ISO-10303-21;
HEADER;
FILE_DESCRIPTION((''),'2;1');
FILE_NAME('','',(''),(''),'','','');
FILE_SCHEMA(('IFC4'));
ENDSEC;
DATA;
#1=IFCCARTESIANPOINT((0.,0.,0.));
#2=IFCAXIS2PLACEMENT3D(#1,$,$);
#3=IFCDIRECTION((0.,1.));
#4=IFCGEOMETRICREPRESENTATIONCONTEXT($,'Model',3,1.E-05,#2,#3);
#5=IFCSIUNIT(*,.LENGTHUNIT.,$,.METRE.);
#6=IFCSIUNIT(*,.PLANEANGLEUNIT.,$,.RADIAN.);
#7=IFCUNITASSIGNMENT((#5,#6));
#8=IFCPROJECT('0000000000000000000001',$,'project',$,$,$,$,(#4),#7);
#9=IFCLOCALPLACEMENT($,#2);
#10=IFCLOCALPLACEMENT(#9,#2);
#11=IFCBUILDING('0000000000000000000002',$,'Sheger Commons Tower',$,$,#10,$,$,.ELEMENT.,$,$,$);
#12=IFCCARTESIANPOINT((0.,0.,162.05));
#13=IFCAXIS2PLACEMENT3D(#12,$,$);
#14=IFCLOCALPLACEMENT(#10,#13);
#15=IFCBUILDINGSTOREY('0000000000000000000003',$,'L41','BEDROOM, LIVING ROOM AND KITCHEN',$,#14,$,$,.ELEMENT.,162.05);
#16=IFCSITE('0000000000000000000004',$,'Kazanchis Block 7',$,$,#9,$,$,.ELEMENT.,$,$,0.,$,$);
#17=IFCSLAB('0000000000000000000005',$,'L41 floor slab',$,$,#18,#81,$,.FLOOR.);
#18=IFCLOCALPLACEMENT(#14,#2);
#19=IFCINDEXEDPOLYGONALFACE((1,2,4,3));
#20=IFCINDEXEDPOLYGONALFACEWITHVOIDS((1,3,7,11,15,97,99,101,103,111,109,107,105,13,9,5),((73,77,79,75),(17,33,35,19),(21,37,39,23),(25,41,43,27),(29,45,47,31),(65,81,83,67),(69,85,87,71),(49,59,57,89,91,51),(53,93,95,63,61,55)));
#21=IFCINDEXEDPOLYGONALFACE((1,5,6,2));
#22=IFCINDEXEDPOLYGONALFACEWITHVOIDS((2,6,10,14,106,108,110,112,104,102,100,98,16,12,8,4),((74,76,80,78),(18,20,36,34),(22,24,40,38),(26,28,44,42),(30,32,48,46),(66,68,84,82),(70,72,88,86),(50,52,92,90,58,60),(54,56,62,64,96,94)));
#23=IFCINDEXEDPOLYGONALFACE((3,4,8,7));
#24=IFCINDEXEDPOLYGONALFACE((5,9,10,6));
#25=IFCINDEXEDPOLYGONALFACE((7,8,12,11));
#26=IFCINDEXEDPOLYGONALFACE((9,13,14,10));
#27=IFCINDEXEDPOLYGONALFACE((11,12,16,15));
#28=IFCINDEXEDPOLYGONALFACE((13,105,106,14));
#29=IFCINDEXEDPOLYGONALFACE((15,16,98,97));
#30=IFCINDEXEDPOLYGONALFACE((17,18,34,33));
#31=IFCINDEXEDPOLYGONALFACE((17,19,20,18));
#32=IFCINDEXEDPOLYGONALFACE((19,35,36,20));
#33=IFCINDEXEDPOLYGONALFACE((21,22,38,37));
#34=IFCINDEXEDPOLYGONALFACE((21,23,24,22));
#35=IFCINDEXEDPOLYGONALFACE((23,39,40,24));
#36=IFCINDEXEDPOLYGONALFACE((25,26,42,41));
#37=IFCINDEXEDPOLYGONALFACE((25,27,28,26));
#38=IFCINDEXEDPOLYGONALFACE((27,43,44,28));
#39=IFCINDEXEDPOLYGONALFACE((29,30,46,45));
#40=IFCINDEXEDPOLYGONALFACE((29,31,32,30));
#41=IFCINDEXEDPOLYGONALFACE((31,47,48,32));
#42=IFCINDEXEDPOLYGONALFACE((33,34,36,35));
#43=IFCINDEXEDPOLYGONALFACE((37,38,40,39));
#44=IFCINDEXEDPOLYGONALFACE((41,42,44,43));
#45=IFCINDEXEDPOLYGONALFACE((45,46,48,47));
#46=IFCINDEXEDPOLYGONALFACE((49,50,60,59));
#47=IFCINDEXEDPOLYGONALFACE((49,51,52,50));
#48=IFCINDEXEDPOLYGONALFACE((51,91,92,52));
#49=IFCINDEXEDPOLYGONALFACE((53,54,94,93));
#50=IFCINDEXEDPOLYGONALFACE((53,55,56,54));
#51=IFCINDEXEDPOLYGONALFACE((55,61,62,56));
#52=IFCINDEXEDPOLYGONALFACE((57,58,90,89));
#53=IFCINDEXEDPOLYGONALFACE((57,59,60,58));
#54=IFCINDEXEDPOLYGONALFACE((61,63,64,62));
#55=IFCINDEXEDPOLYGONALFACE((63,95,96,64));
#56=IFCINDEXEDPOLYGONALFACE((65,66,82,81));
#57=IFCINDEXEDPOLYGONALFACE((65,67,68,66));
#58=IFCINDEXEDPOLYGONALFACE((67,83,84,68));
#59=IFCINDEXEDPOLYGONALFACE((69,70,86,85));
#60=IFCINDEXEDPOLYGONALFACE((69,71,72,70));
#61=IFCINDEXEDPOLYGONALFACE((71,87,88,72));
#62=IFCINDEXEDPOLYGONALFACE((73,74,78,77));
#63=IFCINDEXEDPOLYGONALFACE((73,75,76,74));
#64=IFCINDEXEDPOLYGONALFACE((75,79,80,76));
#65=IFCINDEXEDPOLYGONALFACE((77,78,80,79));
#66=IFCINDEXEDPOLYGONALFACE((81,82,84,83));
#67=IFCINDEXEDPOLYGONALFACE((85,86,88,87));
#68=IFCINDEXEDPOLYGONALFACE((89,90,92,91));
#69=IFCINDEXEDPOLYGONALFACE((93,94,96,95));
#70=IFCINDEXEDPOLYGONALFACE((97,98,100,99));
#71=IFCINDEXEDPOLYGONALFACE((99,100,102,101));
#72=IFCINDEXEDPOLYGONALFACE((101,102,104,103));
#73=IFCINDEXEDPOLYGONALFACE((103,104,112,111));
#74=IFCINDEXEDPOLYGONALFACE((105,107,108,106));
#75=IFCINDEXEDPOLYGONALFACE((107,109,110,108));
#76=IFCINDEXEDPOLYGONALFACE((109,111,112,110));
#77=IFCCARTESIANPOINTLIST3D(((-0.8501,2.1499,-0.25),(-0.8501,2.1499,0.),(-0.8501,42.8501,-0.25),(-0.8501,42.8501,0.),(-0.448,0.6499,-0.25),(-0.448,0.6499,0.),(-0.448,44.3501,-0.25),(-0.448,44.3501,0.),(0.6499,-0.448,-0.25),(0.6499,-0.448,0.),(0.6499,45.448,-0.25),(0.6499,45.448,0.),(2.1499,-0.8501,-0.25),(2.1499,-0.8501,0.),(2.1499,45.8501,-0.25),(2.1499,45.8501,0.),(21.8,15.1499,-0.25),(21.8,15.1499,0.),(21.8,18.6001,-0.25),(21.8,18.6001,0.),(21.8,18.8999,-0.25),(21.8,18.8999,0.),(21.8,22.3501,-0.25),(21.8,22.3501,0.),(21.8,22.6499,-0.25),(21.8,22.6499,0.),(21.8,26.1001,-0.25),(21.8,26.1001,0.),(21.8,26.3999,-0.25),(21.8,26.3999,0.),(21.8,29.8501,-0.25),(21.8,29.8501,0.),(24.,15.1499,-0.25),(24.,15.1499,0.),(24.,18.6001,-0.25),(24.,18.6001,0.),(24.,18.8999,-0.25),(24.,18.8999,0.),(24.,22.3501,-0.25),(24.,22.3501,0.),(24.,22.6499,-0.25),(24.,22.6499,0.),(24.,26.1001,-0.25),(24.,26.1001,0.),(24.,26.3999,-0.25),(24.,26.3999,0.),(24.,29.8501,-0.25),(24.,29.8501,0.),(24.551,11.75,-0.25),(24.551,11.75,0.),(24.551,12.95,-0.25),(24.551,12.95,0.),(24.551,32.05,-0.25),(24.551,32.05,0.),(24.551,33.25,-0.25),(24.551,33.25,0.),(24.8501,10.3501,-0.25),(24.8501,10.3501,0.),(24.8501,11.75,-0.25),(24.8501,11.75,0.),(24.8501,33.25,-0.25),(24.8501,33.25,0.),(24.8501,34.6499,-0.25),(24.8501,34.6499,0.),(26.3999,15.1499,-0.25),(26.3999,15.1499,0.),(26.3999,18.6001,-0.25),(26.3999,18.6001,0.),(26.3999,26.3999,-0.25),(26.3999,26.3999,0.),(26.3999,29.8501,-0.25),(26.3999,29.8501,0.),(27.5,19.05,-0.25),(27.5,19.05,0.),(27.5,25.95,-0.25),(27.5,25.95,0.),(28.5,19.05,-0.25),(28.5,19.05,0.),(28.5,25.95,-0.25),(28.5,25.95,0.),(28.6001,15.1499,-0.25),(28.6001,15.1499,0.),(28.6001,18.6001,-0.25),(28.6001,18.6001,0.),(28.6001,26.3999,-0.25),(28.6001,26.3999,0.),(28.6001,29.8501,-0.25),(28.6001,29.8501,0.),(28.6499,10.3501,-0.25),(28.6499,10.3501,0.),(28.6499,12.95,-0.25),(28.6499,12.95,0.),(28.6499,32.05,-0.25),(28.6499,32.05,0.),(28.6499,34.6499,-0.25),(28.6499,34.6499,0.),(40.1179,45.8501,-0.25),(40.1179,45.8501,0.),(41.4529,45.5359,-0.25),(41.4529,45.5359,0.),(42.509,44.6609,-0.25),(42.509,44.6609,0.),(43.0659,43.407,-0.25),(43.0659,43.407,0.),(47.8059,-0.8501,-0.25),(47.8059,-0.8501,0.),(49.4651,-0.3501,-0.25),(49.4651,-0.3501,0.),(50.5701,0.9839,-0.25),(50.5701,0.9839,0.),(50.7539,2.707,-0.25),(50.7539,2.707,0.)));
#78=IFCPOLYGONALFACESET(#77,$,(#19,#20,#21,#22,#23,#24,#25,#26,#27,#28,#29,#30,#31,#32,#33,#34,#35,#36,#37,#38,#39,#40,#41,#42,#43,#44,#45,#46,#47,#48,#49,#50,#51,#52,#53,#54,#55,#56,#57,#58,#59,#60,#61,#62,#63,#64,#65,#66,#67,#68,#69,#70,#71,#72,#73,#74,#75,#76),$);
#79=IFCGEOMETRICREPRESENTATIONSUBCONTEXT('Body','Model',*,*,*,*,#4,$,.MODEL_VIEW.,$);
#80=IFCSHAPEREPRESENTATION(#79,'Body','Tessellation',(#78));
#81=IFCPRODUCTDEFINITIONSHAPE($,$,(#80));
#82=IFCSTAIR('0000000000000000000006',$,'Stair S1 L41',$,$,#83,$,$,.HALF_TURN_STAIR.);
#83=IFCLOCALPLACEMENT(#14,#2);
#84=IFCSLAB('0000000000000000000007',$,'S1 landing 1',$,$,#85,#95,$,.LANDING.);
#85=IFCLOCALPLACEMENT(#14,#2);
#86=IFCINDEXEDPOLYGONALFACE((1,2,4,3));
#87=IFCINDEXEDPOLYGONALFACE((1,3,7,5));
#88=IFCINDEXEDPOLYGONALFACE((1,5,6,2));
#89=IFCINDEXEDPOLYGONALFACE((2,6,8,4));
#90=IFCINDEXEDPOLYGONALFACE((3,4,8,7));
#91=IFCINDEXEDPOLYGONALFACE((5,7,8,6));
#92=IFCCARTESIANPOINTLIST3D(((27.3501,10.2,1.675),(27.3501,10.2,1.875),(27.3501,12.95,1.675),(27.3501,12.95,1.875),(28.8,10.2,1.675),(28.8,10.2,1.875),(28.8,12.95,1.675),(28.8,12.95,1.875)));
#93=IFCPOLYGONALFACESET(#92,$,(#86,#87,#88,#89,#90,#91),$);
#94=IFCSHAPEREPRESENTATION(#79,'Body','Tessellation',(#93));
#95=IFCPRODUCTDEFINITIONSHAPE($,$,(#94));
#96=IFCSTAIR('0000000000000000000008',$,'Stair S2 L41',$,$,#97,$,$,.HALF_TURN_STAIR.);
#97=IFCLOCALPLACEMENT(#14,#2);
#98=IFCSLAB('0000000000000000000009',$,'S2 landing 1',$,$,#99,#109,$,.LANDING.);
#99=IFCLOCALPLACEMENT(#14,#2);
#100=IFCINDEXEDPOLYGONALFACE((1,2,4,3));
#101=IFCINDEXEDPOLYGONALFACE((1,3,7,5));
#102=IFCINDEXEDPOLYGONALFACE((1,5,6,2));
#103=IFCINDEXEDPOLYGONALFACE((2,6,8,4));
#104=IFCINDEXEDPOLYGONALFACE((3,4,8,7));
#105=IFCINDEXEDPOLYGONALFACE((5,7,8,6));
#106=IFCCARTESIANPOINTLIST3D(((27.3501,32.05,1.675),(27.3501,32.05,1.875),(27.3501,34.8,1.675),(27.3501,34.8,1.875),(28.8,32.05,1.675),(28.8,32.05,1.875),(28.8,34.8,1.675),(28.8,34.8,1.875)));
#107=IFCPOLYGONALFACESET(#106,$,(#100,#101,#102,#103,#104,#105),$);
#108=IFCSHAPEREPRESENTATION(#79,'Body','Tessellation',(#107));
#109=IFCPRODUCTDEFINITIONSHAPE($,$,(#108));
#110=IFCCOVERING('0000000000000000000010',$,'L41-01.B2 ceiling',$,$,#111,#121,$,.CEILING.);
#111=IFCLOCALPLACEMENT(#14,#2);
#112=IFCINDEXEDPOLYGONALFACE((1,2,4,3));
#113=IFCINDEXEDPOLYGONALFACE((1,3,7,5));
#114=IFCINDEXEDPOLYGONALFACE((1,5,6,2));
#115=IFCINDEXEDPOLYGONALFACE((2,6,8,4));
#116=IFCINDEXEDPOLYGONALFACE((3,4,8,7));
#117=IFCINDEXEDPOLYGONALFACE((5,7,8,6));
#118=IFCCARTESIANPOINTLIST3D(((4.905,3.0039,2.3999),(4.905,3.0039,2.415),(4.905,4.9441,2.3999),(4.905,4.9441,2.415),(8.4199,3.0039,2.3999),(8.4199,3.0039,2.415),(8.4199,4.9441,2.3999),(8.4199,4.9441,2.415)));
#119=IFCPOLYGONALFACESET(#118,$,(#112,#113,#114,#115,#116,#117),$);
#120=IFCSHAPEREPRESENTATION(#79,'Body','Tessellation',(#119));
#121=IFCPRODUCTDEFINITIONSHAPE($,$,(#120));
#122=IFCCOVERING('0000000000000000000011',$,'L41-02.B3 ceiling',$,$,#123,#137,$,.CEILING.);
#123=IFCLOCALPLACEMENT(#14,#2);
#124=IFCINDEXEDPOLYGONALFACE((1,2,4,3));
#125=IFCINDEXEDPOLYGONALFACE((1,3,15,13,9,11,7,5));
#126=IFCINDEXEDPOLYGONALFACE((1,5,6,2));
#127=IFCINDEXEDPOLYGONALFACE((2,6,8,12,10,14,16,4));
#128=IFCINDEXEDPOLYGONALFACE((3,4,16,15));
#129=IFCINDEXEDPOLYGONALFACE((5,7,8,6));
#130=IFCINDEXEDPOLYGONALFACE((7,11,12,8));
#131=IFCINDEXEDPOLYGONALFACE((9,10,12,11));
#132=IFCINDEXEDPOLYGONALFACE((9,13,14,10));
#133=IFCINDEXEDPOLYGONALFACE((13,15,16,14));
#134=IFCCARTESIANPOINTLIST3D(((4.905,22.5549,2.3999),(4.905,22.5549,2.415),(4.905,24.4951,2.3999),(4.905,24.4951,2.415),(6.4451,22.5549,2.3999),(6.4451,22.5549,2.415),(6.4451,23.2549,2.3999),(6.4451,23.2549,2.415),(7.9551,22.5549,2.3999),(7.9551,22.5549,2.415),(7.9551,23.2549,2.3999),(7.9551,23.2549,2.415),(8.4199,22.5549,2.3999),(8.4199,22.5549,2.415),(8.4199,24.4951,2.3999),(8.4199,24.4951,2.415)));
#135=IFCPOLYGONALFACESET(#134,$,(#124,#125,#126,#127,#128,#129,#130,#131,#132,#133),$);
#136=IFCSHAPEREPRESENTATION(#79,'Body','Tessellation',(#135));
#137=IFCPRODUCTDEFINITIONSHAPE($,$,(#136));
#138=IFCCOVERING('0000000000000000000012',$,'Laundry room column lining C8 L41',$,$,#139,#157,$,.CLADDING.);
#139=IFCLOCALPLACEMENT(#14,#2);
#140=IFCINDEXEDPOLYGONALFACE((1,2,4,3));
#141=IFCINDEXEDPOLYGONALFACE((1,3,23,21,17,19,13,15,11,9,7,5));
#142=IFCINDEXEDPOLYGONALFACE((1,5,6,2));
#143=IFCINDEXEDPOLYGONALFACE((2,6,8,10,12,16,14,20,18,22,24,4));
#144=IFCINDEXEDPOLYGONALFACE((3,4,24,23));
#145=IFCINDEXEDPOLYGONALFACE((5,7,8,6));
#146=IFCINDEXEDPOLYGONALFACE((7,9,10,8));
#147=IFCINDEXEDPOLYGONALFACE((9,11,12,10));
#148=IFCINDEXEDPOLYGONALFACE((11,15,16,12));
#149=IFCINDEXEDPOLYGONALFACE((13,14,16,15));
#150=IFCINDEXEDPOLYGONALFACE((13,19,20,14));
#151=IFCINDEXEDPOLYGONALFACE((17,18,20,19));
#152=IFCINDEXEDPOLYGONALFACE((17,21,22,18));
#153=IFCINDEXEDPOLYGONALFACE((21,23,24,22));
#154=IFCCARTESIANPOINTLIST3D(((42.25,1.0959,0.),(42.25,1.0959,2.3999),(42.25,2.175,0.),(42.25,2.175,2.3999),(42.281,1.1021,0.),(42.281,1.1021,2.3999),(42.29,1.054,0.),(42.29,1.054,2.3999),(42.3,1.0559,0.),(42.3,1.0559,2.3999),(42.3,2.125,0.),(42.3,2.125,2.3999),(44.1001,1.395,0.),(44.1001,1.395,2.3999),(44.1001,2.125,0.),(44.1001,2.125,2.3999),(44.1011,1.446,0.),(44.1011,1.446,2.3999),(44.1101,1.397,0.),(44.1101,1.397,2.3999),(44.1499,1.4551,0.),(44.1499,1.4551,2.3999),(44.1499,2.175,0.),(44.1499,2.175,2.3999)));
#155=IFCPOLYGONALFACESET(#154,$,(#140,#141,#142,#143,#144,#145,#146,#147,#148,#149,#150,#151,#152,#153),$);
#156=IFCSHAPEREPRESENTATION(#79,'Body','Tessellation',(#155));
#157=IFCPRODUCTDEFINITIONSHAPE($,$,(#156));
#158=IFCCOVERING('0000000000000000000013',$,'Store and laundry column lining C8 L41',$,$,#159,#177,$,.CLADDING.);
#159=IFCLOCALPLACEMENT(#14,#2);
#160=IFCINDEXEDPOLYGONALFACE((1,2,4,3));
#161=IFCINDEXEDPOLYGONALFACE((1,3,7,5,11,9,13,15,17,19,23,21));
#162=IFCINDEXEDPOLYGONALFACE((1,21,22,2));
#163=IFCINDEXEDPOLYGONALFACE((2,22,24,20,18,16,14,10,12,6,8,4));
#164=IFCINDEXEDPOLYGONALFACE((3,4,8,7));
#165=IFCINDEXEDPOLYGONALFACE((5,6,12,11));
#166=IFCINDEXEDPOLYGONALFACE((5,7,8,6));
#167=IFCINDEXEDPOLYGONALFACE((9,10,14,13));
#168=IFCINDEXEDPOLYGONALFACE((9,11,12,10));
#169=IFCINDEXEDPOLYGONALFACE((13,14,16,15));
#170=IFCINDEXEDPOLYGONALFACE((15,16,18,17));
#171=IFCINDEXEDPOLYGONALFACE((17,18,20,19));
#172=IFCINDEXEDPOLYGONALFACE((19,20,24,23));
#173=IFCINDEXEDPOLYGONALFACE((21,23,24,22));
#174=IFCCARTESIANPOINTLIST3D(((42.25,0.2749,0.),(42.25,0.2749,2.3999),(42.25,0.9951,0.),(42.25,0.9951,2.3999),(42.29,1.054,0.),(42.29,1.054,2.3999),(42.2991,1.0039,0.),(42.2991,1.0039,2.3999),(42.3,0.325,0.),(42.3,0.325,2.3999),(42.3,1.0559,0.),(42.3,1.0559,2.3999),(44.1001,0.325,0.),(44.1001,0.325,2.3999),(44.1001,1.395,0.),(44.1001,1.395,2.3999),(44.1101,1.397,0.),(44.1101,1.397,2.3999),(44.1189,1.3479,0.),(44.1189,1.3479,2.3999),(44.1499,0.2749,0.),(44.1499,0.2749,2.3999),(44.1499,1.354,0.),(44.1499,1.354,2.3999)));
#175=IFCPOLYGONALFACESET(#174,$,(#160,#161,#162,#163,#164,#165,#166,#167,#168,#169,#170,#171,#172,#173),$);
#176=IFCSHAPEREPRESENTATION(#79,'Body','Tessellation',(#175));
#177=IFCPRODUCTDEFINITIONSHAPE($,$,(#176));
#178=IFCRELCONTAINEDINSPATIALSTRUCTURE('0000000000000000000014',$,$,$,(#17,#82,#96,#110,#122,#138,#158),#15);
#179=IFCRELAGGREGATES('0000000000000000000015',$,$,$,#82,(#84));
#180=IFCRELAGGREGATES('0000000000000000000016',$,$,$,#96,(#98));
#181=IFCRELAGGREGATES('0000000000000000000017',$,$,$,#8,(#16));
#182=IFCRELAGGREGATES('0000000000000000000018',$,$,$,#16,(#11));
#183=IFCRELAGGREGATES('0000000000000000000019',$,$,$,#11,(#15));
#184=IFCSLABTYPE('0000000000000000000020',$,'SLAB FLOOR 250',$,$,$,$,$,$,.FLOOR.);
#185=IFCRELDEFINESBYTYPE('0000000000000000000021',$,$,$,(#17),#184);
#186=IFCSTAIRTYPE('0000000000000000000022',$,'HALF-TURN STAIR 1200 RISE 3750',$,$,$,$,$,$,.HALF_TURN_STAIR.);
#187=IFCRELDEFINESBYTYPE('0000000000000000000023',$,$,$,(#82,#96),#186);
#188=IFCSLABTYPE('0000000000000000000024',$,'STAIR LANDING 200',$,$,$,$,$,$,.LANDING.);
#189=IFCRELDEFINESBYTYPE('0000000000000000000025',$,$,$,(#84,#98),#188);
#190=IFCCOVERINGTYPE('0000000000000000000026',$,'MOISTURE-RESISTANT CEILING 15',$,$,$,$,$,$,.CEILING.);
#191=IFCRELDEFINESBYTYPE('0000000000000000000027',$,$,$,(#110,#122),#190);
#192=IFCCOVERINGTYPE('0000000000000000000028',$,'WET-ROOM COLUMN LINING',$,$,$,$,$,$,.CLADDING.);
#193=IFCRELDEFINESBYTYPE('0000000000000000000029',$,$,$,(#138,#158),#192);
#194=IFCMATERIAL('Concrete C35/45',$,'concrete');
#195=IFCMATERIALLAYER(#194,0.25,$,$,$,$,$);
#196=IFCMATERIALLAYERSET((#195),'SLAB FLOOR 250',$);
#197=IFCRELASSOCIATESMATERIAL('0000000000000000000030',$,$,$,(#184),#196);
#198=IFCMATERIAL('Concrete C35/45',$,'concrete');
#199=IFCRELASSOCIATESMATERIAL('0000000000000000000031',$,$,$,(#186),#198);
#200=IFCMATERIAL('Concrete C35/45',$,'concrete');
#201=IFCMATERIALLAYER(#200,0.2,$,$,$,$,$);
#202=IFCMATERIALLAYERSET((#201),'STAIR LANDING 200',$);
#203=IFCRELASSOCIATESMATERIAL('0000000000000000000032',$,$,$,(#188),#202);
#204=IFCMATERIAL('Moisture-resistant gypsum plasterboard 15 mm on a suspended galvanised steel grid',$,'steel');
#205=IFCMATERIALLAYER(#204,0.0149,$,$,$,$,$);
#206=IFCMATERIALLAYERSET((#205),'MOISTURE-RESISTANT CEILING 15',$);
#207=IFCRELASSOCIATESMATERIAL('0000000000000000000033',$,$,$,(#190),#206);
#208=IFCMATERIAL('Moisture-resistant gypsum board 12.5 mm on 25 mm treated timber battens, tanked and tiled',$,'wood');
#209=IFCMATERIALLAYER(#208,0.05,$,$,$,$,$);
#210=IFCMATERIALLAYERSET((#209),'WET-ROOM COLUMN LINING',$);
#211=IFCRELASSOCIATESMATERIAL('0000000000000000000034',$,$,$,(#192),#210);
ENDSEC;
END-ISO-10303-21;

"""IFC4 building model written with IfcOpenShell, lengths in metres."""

from ifc_helpers import new_model, si_unit, direction, frame, origin, place, context, subcontext, project, spatial, polyline, outline, extrude, material, layer, layer_set, type_object, element, aggregate, save


model = new_model("IFC4")

# Units and contexts
model_context = context("Model", 3, precision=1e-05, world=origin(), true_north=direction((0.0, 1.0)))
body_context = subcontext(model_context, "Body", "Model", "MODEL_VIEW")
ifc_project = project(units=[si_unit("LENGTHUNIT", "METRE"), si_unit("PLANEANGLEUNIT", "RADIAN")], contexts=[model_context])

# Site, building, storey
site_placement = place(None, origin())
site = spatial("IfcSite", under=ifc_project, at=site_placement, Name="Kazanchis Block 7", CompositionType="ELEMENT", RefElevation=0.0)
building_placement = place(site_placement, origin())
building = spatial("IfcBuilding", under=site, at=building_placement, Name="Sheger Commons Tower", CompositionType="ELEMENT")
storey_placement = place(building_placement, frame((0.0, 0.0, 162.05)))
storey = spatial("IfcBuildingStorey", under=building, at=storey_placement, Name="L41", Description="BEDROOM, LIVING ROOM AND KITCHEN", CompositionType="ELEMENT", Elevation=162.05)

# Slab
ifc_material_1 = material(Name="Concrete C35/45", Category="concrete")
ifc_layer_1 = layer(ifc_material_1, 0.25)
ifc_layer_set_1 = layer_set([ifc_layer_1], Name="SLAB FLOOR 250")
slab_type_1 = type_object("IfcSlabType", Name="SLAB FLOOR 250", PredefinedType="FLOOR", material=ifc_layer_set_1)
slab_1_placement = place(storey_placement, frame((0.0, 0.0, -0.25)))
element("IfcSlab", 1, at=slab_1_placement, inside=storey, type_object=slab_type_1, Name="L41 floor slab", PredefinedType="FLOOR", context=body_context, shape_type="SweptSolid", body=[
    extrude(outline(polyline([(-0.8501, 2.1499), (-0.448, 0.6499), (0.6499, -0.448), (2.1499, -0.8501), (47.8059, -0.8501), (49.4651, -0.3501), (50.5701, 0.9839), (50.7539, 2.707), (43.0659, 43.407), (42.509, 44.6609), (41.4529, 45.5359), (40.1179, 45.8501), (2.1499, 45.8501), (0.6499, 45.448), (-0.448, 44.3501), (-0.8501, 42.8501), (-0.8501, 2.1499)]), holes=[polyline([(24.8501, 10.3501), (28.6499, 10.3501), (28.6499, 12.95), (24.551, 12.95), (24.551, 11.75), (24.8501, 11.75), (24.8501, 10.3501)]), polyline([(24.551, 32.05), (28.6499, 32.05), (28.6499, 34.6499), (24.8501, 34.6499), (24.8501, 33.25), (24.551, 33.25), (24.551, 32.05)]), polyline([(26.3999, 15.1499), (28.6001, 15.1499), (28.6001, 18.6001), (26.3999, 18.6001), (26.3999, 15.1499)]), polyline([(26.3999, 26.3999), (28.6001, 26.3999), (28.6001, 29.8501), (26.3999, 29.8501), (26.3999, 26.3999)]), polyline([(21.8, 15.1499), (24.0, 15.1499), (24.0, 18.6001), (21.8, 18.6001), (21.8, 15.1499)]), polyline([(21.8, 18.8999), (24.0, 18.8999), (24.0, 22.3501), (21.8, 22.3501), (21.8, 18.8999)]), polyline([(21.8, 22.6499), (24.0, 22.6499), (24.0, 26.1001), (21.8, 26.1001), (21.8, 22.6499)]), polyline([(21.8, 26.3999), (24.0, 26.3999), (24.0, 29.8501), (21.8, 29.8501), (21.8, 26.3999)]), polyline([(27.5, 19.05), (28.5, 19.05), (28.5, 25.95), (27.5, 25.95), (27.5, 19.05)])]), origin(), (0.0, 0.0, 1.0), 0.25),
])

# Stairs, slabs
ifc_material_2 = material(Name="Concrete C35/45", Category="concrete")
stair_type = type_object("IfcStairType", Name="HALF-TURN STAIR 1200 RISE 3750", PredefinedType="HALF_TURN_STAIR", material=ifc_material_2)
stair_1_placement = place(storey_placement, origin())
stair_1 = element("IfcStair", 2, at=stair_1_placement, inside=storey, type_object=stair_type, Name="Stair S1 L41", PredefinedType="HALF_TURN_STAIR")
ifc_material_3 = material(Name="Concrete C35/45", Category="concrete")
ifc_layer_2 = layer(ifc_material_3, 0.2)
ifc_layer_set_2 = layer_set([ifc_layer_2], Name="STAIR LANDING 200")
slab_type_2 = type_object("IfcSlabType", Name="STAIR LANDING 200", PredefinedType="LANDING", material=ifc_layer_set_2)
slab_2_placement = place(storey_placement, frame((0.0, 0.0, 1.675)))
slab_2 = element("IfcSlab", 3, at=slab_2_placement, type_object=slab_type_2, Name="S1 landing 1", PredefinedType="LANDING", context=body_context, shape_type="SweptSolid", body=[
    extrude(outline(polyline([(27.3501, 10.2), (28.8, 10.2), (28.8, 12.95), (27.3501, 12.95), (27.3501, 10.2)])), origin(), (0.0, 0.0, 1.0), 0.2),
])
aggregate(stair_1, [slab_2])
stair_2_placement = place(storey_placement, origin())
stair_2 = element("IfcStair", 4, at=stair_2_placement, inside=storey, type_object=stair_type, Name="Stair S2 L41", PredefinedType="HALF_TURN_STAIR")
slab_3_placement = place(storey_placement, frame((0.0, 0.0, 1.675)))
slab_3 = element("IfcSlab", 5, at=slab_3_placement, type_object=slab_type_2, Name="S2 landing 1", PredefinedType="LANDING", context=body_context, shape_type="SweptSolid", body=[
    extrude(outline(polyline([(27.3501, 32.05), (28.8, 32.05), (28.8, 34.8), (27.3501, 34.8), (27.3501, 32.05)])), origin(), (0.0, 0.0, 1.0), 0.2),
])
aggregate(stair_2, [slab_3])

# Coverings
ifc_material_4 = material(Name="Moisture-resistant gypsum plasterboard 15 mm on a suspended galvanised steel grid", Category="steel")
ifc_layer_3 = layer(ifc_material_4, 0.0149)
ifc_layer_set_3 = layer_set([ifc_layer_3], Name="MOISTURE-RESISTANT CEILING 15")
covering_type_1 = type_object("IfcCoveringType", Name="MOISTURE-RESISTANT CEILING 15", PredefinedType="CEILING", material=ifc_layer_set_3)
covering_1_placement = place(storey_placement, frame((0.0, 0.0, 2.3999)))
element("IfcCovering", 6, at=covering_1_placement, inside=storey, type_object=covering_type_1, Name="L41-01.B2 ceiling", PredefinedType="CEILING", context=body_context, shape_type="SweptSolid", body=[
    extrude(outline(polyline([(4.905, 3.0039), (8.4199, 3.0039), (8.4199, 4.9441), (4.905, 4.9441), (4.905, 3.0039)])), origin(), (0.0, 0.0, 1.0), 0.0151),
])
covering_2_placement = place(storey_placement, frame((0.0, 0.0, 2.3999)))
element("IfcCovering", 7, at=covering_2_placement, inside=storey, type_object=covering_type_1, Name="L41-02.B3 ceiling", PredefinedType="CEILING", context=body_context, shape_type="SweptSolid", body=[
    extrude(outline(polyline([(4.905, 22.5549), (6.4451, 22.5549), (6.4451, 23.2549), (7.9551, 23.2549), (7.9551, 22.5549), (8.4199, 22.5549), (8.4199, 24.4951), (4.905, 24.4951), (4.905, 22.5549)])), origin(), (0.0, 0.0, 1.0), 0.0151),
])
ifc_material_5 = material(Name="Moisture-resistant gypsum board 12.5 mm on 25 mm treated timber battens, tanked and tiled", Category="wood")
ifc_layer_4 = layer(ifc_material_5, 0.05)
ifc_layer_set_4 = layer_set([ifc_layer_4], Name="WET-ROOM COLUMN LINING")
covering_type_2 = type_object("IfcCoveringType", Name="WET-ROOM COLUMN LINING", PredefinedType="CLADDING", material=ifc_layer_set_4)
covering_3_placement = place(storey_placement, origin())
element("IfcCovering", 8, at=covering_3_placement, inside=storey, type_object=covering_type_2, Name="Laundry room column lining C8 L41", PredefinedType="CLADDING", context=body_context, shape_type="SweptSolid", body=[
    extrude(outline(polyline([(44.1499, 2.175), (44.1499, 1.4551), (44.1011, 1.446), (44.1101, 1.397), (44.1001, 1.395), (44.1001, 2.125), (42.3, 2.125), (42.3, 1.0559), (42.29, 1.054), (42.281, 1.1021), (42.25, 1.0959), (42.25, 2.175), (44.1499, 2.175)])), origin(), (0.0, 0.0, 1.0), 2.3999),
])
covering_4_placement = place(storey_placement, origin())
element("IfcCovering", 9, at=covering_4_placement, inside=storey, type_object=covering_type_2, Name="Store and laundry column lining C8 L41", PredefinedType="CLADDING", context=body_context, shape_type="SweptSolid", body=[
    extrude(outline(polyline([(42.3, 1.0559), (42.3, 0.325), (44.1001, 0.325), (44.1001, 1.395), (44.1101, 1.397), (44.1189, 1.3479), (44.1499, 1.354), (44.1499, 0.2749), (42.25, 0.2749), (42.25, 0.9951), (42.2991, 1.0039), (42.29, 1.054), (42.3, 1.0559)])), origin(), (0.0, 0.0, 1.0), 2.3999),
])

save(model, "model.ifc")
